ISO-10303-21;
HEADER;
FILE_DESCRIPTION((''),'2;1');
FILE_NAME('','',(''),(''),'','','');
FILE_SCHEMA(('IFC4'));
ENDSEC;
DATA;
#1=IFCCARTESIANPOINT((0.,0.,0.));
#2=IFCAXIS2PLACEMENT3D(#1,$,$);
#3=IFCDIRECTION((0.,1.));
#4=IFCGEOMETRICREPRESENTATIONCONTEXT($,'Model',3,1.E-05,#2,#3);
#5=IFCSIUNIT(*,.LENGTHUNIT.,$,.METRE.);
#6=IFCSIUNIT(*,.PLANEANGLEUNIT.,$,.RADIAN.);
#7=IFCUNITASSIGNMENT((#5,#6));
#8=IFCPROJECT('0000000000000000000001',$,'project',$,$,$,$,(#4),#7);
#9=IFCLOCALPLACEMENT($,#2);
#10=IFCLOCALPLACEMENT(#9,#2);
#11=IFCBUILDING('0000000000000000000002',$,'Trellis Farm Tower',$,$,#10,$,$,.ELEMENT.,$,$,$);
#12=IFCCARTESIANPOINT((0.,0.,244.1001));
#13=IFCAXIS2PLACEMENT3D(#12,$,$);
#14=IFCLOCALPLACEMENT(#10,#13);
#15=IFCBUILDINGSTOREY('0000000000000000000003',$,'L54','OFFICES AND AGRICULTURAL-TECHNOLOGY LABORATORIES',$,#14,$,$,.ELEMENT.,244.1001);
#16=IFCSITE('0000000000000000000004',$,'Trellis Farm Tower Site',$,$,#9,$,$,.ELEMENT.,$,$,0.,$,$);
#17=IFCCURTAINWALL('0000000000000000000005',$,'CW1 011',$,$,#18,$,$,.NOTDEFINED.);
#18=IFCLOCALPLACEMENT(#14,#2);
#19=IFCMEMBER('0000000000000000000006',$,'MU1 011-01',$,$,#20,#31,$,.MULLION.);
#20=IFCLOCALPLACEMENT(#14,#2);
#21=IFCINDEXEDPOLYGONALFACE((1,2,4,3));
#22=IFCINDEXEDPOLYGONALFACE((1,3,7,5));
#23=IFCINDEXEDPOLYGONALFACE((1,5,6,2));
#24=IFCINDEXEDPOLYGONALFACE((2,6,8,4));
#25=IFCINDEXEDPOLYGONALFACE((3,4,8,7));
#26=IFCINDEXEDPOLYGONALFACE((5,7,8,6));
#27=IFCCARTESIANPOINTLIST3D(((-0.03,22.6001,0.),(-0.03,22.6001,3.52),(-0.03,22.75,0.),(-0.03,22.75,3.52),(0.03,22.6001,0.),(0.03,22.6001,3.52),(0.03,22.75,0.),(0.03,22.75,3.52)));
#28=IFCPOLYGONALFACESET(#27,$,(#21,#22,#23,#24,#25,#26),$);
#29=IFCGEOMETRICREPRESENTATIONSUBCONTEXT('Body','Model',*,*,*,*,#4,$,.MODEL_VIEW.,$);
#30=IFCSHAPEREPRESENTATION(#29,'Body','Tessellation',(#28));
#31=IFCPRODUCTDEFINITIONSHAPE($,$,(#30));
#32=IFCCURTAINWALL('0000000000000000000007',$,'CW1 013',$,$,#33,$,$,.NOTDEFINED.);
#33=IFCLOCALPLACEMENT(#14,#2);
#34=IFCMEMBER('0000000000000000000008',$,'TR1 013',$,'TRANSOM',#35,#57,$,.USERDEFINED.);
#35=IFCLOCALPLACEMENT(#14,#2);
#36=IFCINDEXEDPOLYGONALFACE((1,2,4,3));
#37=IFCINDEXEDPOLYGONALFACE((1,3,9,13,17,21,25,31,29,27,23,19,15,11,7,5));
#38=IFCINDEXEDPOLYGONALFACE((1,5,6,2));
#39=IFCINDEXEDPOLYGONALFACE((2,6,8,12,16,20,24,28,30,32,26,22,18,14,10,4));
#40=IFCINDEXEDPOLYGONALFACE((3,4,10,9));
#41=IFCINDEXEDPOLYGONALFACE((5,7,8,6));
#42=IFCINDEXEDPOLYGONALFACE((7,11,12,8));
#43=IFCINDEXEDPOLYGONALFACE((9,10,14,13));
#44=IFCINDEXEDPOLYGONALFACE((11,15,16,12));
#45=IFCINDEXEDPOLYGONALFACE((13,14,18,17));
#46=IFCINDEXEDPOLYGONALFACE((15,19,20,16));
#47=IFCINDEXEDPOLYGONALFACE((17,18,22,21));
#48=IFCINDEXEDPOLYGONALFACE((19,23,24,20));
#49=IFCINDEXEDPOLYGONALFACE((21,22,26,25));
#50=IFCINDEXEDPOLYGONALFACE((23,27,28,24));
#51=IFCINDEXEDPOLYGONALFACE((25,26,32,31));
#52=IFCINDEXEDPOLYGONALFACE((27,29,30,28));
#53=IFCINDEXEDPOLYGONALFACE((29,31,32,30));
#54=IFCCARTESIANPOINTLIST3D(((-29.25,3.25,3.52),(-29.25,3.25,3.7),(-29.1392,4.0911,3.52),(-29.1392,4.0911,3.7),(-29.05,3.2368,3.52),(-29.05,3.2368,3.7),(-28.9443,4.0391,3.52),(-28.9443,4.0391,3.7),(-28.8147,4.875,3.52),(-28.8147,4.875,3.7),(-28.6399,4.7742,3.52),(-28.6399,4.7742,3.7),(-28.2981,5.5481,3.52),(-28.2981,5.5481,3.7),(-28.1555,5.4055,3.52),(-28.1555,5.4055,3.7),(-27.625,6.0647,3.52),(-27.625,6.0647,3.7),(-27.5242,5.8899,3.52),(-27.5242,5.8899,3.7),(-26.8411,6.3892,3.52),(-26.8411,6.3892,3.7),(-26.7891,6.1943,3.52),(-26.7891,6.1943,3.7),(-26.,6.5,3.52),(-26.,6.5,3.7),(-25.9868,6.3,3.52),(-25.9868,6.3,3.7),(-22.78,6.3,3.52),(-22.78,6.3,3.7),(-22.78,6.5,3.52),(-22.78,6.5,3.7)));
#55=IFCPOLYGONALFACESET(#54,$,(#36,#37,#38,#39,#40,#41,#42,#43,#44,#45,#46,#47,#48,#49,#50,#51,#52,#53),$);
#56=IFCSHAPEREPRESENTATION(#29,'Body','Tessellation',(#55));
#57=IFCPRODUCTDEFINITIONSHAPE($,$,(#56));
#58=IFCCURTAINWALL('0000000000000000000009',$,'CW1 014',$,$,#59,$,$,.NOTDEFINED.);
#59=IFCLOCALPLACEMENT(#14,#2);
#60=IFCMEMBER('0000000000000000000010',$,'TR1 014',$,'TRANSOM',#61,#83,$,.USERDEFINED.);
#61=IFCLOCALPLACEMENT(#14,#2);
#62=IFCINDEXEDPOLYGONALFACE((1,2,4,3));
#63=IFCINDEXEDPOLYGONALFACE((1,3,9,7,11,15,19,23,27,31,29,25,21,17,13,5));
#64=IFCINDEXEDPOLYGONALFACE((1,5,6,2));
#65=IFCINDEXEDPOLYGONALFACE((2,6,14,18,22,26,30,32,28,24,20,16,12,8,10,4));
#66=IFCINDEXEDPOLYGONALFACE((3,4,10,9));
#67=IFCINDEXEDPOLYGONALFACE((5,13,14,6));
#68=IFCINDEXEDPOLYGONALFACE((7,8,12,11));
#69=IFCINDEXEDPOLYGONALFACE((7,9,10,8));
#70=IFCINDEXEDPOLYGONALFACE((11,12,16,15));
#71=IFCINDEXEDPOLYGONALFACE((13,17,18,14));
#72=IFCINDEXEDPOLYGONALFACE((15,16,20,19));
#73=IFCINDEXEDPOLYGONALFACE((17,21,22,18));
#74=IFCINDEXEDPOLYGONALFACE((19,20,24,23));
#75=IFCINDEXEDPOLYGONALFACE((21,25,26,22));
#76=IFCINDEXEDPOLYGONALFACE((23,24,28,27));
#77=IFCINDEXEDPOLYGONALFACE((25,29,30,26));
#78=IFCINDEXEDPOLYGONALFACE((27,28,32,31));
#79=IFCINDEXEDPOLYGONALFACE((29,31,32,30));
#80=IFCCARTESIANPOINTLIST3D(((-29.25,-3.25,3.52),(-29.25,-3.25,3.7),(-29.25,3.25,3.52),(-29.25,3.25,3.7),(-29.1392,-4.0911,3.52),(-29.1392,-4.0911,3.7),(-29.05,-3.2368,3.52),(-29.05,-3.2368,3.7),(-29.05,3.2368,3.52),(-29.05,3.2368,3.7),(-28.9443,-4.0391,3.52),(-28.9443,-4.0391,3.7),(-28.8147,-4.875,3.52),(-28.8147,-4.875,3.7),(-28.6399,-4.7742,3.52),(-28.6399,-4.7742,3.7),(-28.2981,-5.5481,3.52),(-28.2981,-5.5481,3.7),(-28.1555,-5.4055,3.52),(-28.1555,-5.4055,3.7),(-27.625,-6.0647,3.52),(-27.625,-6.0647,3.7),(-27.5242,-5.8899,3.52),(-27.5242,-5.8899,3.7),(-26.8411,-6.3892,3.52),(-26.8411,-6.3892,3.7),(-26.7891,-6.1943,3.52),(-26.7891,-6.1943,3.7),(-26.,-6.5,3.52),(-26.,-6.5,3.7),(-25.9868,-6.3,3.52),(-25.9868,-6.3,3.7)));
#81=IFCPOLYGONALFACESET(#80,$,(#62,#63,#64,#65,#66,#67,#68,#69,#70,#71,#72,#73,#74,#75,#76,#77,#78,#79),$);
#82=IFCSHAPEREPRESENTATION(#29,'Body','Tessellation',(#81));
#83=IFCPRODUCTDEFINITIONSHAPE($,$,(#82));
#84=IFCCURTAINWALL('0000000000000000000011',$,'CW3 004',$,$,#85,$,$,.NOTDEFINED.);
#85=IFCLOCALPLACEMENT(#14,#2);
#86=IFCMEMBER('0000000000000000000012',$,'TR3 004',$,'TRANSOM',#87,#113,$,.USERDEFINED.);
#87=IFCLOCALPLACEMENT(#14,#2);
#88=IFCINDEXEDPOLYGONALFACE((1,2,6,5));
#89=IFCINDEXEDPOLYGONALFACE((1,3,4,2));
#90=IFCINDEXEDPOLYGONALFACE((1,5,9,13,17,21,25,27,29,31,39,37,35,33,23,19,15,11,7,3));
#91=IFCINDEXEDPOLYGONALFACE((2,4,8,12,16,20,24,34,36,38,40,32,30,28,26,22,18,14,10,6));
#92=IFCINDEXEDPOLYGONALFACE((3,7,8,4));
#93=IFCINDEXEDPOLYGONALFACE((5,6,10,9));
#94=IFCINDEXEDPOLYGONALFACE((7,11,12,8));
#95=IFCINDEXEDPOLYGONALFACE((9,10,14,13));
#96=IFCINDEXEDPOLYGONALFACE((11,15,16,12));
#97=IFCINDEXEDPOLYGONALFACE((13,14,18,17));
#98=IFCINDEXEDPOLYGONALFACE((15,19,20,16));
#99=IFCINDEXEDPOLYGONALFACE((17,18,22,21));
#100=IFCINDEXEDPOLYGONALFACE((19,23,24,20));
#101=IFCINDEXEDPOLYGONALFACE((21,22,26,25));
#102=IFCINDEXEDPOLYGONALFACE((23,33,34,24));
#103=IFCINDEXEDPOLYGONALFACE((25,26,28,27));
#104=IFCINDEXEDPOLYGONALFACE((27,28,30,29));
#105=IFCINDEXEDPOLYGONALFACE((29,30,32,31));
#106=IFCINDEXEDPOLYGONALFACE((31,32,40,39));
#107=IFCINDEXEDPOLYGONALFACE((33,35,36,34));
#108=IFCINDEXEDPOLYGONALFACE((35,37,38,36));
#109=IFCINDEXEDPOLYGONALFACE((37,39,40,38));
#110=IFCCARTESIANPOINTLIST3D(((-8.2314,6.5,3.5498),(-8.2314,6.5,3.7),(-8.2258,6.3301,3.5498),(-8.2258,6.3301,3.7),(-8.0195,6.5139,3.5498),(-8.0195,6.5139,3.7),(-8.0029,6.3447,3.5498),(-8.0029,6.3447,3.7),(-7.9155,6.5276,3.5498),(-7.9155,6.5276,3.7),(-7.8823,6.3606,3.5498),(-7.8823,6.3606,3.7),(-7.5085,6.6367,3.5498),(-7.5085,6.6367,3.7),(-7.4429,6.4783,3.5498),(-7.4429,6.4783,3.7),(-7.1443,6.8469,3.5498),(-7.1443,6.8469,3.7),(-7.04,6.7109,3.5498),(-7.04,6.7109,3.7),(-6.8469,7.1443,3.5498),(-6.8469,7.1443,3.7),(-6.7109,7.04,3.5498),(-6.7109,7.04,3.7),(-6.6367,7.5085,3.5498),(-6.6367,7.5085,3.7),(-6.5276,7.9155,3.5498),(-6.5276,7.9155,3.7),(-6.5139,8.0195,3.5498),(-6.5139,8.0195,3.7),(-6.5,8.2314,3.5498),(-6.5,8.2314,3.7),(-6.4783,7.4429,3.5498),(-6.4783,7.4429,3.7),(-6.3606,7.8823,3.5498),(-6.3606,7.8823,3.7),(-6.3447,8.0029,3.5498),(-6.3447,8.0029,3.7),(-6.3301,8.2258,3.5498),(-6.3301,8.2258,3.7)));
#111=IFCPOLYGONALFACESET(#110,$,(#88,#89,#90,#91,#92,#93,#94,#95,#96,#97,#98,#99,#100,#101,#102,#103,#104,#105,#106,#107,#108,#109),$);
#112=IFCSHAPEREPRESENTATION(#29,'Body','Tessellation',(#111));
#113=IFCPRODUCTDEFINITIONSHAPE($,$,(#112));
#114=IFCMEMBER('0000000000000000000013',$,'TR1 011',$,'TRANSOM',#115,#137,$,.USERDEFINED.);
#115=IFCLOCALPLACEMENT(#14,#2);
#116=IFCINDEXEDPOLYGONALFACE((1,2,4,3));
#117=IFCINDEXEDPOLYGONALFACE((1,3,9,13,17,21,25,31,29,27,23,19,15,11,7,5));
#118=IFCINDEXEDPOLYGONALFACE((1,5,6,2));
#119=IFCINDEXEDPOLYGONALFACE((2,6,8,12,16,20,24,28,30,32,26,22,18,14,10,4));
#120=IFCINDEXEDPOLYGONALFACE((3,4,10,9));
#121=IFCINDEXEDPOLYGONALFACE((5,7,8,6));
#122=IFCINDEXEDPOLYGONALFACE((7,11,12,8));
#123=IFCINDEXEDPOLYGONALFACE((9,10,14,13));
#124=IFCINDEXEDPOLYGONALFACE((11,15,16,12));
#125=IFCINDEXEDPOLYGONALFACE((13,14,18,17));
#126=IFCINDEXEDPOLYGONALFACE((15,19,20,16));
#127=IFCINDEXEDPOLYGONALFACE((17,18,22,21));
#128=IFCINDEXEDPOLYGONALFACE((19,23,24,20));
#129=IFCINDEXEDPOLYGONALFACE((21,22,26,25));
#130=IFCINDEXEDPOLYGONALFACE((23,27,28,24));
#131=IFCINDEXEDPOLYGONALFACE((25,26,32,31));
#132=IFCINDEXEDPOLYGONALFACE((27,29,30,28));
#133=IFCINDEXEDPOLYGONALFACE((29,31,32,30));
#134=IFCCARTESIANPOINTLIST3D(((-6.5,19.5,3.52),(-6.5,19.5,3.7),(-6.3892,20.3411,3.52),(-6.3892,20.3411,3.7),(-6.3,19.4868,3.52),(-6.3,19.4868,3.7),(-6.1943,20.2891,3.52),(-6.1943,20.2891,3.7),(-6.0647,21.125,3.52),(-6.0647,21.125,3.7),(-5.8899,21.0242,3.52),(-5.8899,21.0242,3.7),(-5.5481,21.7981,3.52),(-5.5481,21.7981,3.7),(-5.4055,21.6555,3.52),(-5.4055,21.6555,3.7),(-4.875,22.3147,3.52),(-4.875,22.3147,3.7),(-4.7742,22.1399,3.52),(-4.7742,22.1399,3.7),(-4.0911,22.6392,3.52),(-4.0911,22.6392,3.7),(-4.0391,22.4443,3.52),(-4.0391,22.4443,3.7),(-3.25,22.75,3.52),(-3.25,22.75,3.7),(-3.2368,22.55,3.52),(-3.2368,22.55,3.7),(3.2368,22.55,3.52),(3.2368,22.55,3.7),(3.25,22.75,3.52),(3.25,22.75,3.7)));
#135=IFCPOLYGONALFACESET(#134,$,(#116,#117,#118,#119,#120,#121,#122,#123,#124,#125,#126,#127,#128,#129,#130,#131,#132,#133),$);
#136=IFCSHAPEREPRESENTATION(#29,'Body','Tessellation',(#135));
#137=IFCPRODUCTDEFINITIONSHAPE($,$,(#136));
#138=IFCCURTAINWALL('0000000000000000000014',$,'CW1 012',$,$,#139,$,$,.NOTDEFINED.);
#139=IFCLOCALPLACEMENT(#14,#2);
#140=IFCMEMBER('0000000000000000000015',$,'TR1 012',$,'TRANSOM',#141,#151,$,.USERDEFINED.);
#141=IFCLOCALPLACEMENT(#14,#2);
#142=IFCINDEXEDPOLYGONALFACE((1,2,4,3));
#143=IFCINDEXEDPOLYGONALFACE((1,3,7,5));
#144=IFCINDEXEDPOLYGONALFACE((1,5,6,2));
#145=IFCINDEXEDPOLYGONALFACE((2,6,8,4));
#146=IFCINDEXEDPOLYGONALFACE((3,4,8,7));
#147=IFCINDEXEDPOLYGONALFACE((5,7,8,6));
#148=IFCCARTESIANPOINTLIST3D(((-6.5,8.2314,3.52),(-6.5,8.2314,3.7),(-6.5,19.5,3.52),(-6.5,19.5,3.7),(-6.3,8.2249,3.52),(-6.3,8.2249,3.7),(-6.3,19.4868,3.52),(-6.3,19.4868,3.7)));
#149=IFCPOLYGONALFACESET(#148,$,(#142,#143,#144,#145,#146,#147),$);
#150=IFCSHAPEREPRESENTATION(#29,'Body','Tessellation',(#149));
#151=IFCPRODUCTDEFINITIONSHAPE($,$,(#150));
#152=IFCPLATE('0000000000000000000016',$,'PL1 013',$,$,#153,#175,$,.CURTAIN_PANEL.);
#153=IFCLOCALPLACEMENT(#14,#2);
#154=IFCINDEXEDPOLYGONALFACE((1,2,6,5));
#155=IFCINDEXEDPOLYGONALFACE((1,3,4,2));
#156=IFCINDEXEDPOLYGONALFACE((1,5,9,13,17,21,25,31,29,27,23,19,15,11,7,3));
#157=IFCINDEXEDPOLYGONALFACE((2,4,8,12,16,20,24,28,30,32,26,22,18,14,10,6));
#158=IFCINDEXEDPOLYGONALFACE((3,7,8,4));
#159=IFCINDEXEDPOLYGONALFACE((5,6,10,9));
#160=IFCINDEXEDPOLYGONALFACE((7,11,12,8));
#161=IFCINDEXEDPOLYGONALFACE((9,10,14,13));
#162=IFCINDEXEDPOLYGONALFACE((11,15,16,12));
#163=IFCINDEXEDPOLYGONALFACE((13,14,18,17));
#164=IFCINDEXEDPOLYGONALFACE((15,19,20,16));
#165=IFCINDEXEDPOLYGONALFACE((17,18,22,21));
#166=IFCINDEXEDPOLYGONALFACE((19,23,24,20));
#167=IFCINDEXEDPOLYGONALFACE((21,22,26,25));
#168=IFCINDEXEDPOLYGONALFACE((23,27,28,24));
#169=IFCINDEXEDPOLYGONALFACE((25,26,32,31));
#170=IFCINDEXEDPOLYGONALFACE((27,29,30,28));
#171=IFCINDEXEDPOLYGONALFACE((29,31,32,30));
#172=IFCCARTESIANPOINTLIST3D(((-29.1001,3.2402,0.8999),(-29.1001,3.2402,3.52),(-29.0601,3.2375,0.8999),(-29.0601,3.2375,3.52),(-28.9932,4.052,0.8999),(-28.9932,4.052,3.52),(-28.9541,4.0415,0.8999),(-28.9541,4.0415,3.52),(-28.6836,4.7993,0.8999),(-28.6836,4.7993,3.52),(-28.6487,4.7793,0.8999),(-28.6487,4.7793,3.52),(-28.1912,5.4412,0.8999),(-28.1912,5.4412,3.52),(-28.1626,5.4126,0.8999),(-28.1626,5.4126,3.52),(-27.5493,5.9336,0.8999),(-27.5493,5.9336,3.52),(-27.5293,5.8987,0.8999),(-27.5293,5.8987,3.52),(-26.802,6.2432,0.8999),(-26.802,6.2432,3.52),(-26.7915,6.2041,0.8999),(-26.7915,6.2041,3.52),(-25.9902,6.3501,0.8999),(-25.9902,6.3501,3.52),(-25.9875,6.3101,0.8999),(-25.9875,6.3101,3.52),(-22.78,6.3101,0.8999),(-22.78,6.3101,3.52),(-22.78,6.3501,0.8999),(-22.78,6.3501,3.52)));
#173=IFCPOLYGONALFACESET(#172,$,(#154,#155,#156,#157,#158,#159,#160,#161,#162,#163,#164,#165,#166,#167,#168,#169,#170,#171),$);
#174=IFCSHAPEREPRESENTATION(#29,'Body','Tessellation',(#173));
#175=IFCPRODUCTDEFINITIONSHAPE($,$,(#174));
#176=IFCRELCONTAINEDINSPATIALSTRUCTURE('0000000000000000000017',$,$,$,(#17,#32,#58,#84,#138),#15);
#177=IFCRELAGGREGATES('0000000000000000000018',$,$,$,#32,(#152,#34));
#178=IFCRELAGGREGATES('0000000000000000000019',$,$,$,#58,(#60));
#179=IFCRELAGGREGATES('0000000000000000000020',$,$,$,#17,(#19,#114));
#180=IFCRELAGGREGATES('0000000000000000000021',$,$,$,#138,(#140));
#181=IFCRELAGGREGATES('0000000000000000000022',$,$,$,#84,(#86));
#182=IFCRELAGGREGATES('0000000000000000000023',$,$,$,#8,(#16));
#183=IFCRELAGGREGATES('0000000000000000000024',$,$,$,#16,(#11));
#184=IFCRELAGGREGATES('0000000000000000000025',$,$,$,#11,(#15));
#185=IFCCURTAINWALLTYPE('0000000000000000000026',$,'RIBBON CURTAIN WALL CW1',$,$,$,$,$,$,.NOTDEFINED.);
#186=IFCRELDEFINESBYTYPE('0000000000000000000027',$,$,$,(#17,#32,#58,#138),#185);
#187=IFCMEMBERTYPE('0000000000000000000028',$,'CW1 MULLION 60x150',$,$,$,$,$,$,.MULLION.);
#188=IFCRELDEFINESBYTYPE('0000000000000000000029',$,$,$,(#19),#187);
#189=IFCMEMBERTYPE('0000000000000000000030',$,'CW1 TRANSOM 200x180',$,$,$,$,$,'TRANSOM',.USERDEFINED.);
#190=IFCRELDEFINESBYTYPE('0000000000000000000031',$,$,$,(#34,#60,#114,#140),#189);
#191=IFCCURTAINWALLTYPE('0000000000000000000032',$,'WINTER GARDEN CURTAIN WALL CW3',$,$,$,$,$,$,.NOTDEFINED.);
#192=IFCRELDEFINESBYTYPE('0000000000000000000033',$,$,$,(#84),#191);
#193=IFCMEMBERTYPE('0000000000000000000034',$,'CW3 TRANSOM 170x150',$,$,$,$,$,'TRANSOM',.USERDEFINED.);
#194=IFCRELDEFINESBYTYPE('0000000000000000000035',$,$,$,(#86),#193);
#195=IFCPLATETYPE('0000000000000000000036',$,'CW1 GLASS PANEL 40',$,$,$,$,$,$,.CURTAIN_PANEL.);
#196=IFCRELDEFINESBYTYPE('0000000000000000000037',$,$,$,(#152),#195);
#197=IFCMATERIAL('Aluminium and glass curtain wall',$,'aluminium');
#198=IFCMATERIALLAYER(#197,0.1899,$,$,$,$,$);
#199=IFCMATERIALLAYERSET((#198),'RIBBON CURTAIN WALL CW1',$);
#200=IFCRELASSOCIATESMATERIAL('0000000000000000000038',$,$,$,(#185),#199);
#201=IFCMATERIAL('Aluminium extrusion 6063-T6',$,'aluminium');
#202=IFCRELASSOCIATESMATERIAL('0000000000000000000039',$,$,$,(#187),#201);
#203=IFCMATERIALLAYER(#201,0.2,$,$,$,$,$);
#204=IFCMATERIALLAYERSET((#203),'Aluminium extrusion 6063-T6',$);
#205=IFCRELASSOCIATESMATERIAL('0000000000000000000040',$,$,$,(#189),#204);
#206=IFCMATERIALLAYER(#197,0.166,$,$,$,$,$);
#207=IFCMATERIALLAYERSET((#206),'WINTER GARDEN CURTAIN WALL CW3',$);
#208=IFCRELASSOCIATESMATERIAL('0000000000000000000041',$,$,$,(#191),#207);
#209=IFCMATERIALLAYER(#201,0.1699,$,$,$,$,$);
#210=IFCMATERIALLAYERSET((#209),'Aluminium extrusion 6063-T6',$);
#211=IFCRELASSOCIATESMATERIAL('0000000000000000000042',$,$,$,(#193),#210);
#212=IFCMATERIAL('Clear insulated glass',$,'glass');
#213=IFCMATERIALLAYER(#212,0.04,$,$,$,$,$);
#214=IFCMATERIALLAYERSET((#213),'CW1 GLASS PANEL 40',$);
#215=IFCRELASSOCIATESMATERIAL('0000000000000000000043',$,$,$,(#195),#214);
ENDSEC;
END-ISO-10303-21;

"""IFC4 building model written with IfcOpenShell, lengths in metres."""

from ifc_helpers import new_model, si_unit, direction, frame, origin, origin_2d, place, context, subcontext, project, spatial, polyline, rectangle, outline, extrude, source, transform, mapped, material, layer, layer_set, material_profile, profile_set, type_object, element, aggregate, save


model = new_model("IFC4")

# Units and contexts
model_context = context("Model", 3, precision=1e-05, world=origin(), true_north=direction((0.0, 1.0)))
body_context = subcontext(model_context, "Body", "Model", "MODEL_VIEW")
ifc_project = project(units=[si_unit("LENGTHUNIT", "METRE"), si_unit("PLANEANGLEUNIT", "RADIAN")], contexts=[model_context])

# Site, building, storey
site_placement = place(None, origin())
site = spatial("IfcSite", under=ifc_project, at=site_placement, Name="Trellis Farm Tower Site", CompositionType="ELEMENT", RefElevation=0.0)
building_placement = place(site_placement, origin())
building = spatial("IfcBuilding", under=site, at=building_placement, Name="Trellis Farm Tower", CompositionType="ELEMENT")
storey_placement = place(building_placement, frame((0.0, 0.0, 244.1001)))
storey = spatial("IfcBuildingStorey", under=building, at=storey_placement, Name="L54", Description="OFFICES AND AGRICULTURAL-TECHNOLOGY LABORATORIES", CompositionType="ELEMENT", Elevation=244.1001)

# Curtain walls, members
ifc_material_1 = material(Name="Aluminium and glass curtain wall", Category="aluminium")
ifc_layer_1 = layer(ifc_material_1, 0.1899)
ifc_layer_set_1 = layer_set([ifc_layer_1], Name="RIBBON CURTAIN WALL CW1")
curtain_wall_type_1 = type_object("IfcCurtainWallType", Name="RIBBON CURTAIN WALL CW1", PredefinedType="NOTDEFINED", material=ifc_layer_set_1)
placement_1 = place(storey_placement, origin())
curtain_wall_1 = element("IfcCurtainWall", 1, at=placement_1, inside=storey, type_object=curtain_wall_type_1, Name="CW1 011", PredefinedType="NOTDEFINED")
ifc_material_2 = material(Name="Aluminium extrusion 6063-T6", Category="aluminium")
ifc_material_profile = material_profile(ifc_material_2, rectangle(XDim=0.0601, YDim=0.1499, at=origin_2d()), Name="MULLION 60x150")
ifc_profile_set = profile_set([ifc_material_profile], Name="Aluminium extrusion 6063-T6")
member_type_1 = type_object("IfcMemberType", Name="CW1 MULLION 60x150", PredefinedType="MULLION", material=ifc_profile_set)
shared_shape_1 = source(origin(), body_context, "Body", "SweptSolid", [
    extrude(rectangle(XDim=0.0601, YDim=0.1499, at=origin_2d()), origin(), (0.0, 0.0, 1.0), 3.52),
])
member_1_placement = place(storey_placement, frame((0.0, 22.675, 0.0), z_axis=(0.0, 0.0, 1.0), x_axis=(-1.0, 0.0, 0.0)))
member_1 = element("IfcMember", 2, at=member_1_placement, type_object=member_type_1, Name="MU1 011-01", PredefinedType="MULLION", context=body_context, shape_type="MappedRepresentation", body=[
    mapped(shared_shape_1, transform((0.0, 0.0, 0.0))),
])
curtain_wall_2 = element("IfcCurtainWall", 3, at=placement_1, inside=storey, type_object=curtain_wall_type_1, Name="CW1 013", PredefinedType="NOTDEFINED")
ifc_layer_2 = layer(ifc_material_2, 0.2)
ifc_layer_set_2 = layer_set([ifc_layer_2], Name="Aluminium extrusion 6063-T6")
member_type_2 = type_object("IfcMemberType", Name="CW1 TRANSOM 200x180", ElementType="TRANSOM", PredefinedType="USERDEFINED", material=ifc_layer_set_2)
shared_shape_2 = source(origin(), body_context, "Body", "SweptSolid", [
    extrude(outline(polyline([(-22.78, 6.5), (-26.0, 6.5), (-26.8411, 6.3892), (-27.625, 6.0647), (-28.2981, 5.5481), (-28.8147, 4.875), (-29.1392, 4.0911), (-29.25, 3.25), (-29.05, 3.2368), (-28.9443, 4.0391), (-28.6399, 4.7742), (-28.1555, 5.4055), (-27.5242, 5.8899), (-26.7891, 6.1943), (-25.9868, 6.3), (-22.78, 6.3), (-22.78, 6.5)])), origin(), (0.0, 0.0, 1.0), 0.1799),
])
placement_2 = place(storey_placement, frame((0.0, 0.0, 3.52)))
member_2 = element("IfcMember", 4, at=placement_2, type_object=member_type_2, Name="TR1 013", ObjectType="TRANSOM", PredefinedType="USERDEFINED", context=body_context, shape_type="MappedRepresentation", body=[
    mapped(shared_shape_2, transform((0.0, 0.0, 0.0))),
])
curtain_wall_3 = element("IfcCurtainWall", 5, at=placement_1, inside=storey, type_object=curtain_wall_type_1, Name="CW1 014", PredefinedType="NOTDEFINED")
shared_shape_3 = source(origin(), body_context, "Body", "SweptSolid", [
    extrude(outline(polyline([(-29.25, 3.25), (-29.25, -3.25), (-29.1392, -4.0911), (-28.8147, -4.875), (-28.2981, -5.5481), (-27.625, -6.0647), (-26.8411, -6.3892), (-26.0, -6.5), (-25.9868, -6.3), (-26.7891, -6.1943), (-27.5242, -5.8899), (-28.1555, -5.4055), (-28.6399, -4.7742), (-28.9443, -4.0391), (-29.05, -3.2368), (-29.05, 3.2368), (-29.25, 3.25)])), origin(), (0.0, 0.0, 1.0), 0.1799),
])
member_3 = element("IfcMember", 6, at=placement_2, type_object=member_type_2, Name="TR1 014", ObjectType="TRANSOM", PredefinedType="USERDEFINED", context=body_context, shape_type="MappedRepresentation", body=[
    mapped(shared_shape_3, transform((0.0, 0.0, 0.0))),
])
ifc_layer_3 = layer(ifc_material_1, 0.166)
ifc_layer_set_3 = layer_set([ifc_layer_3], Name="WINTER GARDEN CURTAIN WALL CW3")
curtain_wall_type_2 = type_object("IfcCurtainWallType", Name="WINTER GARDEN CURTAIN WALL CW3", PredefinedType="NOTDEFINED", material=ifc_layer_set_3)
curtain_wall_4 = element("IfcCurtainWall", 7, at=placement_1, inside=storey, type_object=curtain_wall_type_2, Name="CW3 004", PredefinedType="NOTDEFINED")
ifc_layer_4 = layer(ifc_material_2, 0.1699)
ifc_layer_set_4 = layer_set([ifc_layer_4], Name="Aluminium extrusion 6063-T6")
member_type_3 = type_object("IfcMemberType", Name="CW3 TRANSOM 170x150", ElementType="TRANSOM", PredefinedType="USERDEFINED", material=ifc_layer_set_4)
shared_shape_4 = source(origin(), body_context, "Body", "SweptSolid", [
    extrude(outline(polyline([(-6.5, 8.2314), (-6.5139, 8.0195), (-6.5276, 7.9155), (-6.6367, 7.5085), (-6.8469, 7.1443), (-7.1443, 6.8469), (-7.5085, 6.6367), (-7.9155, 6.5276), (-8.0195, 6.5139), (-8.2314, 6.5), (-8.2258, 6.3301), (-8.0029, 6.3447), (-7.8823, 6.3606), (-7.4429, 6.4783), (-7.04, 6.7109), (-6.7109, 7.04), (-6.4783, 7.4429), (-6.3606, 7.8823), (-6.3447, 8.0029), (-6.3301, 8.2258), (-6.5, 8.2314)])), origin(), (0.0, 0.0, 1.0), 0.1501),
])
member_4_placement = place(storey_placement, frame((0.0, 0.0, 3.5498)))
member_4 = element("IfcMember", 8, at=member_4_placement, type_object=member_type_3, Name="TR3 004", ObjectType="TRANSOM", PredefinedType="USERDEFINED", context=body_context, shape_type="MappedRepresentation", body=[
    mapped(shared_shape_4, transform((0.0, 0.0, 0.0))),
])

# Member
shared_shape_5 = source(origin(), body_context, "Body", "SweptSolid", [
    extrude(outline(polyline([(3.25, 22.75), (-3.25, 22.75), (-4.0911, 22.6392), (-4.875, 22.3147), (-5.5481, 21.7981), (-6.0647, 21.125), (-6.3892, 20.3411), (-6.5, 19.5), (-6.3, 19.4868), (-6.1943, 20.2891), (-5.8899, 21.0242), (-5.4055, 21.6555), (-4.7742, 22.1399), (-4.0391, 22.4443), (-3.2368, 22.55), (3.2368, 22.55), (3.25, 22.75)])), origin(), (0.0, 0.0, 1.0), 0.1799),
])
member_5 = element("IfcMember", 9, at=placement_2, type_object=member_type_2, Name="TR1 011", ObjectType="TRANSOM", PredefinedType="USERDEFINED", context=body_context, shape_type="MappedRepresentation", body=[
    mapped(shared_shape_5, transform((0.0, 0.0, 0.0))),
])

# Curtain wall, member
curtain_wall_5 = element("IfcCurtainWall", 10, at=placement_1, inside=storey, type_object=curtain_wall_type_1, Name="CW1 012", PredefinedType="NOTDEFINED")
shared_shape_6 = source(origin(), body_context, "Body", "SweptSolid", [
    extrude(outline(polyline([(-6.5, 19.5), (-6.5, 8.2314), (-6.3, 8.2249), (-6.3, 19.4868), (-6.5, 19.5)])), origin(), (0.0, 0.0, 1.0), 0.1799),
])
member_6 = element("IfcMember", 11, at=placement_2, type_object=member_type_2, Name="TR1 012", ObjectType="TRANSOM", PredefinedType="USERDEFINED", context=body_context, shape_type="MappedRepresentation", body=[
    mapped(shared_shape_6, transform((0.0, 0.0, 0.0))),
])

# Plate
ifc_material_3 = material(Name="Clear insulated glass", Category="glass")
ifc_layer_5 = layer(ifc_material_3, 0.04)
ifc_layer_set_5 = layer_set([ifc_layer_5], Name="CW1 GLASS PANEL 40")
plate_type_1 = type_object("IfcPlateType", Name="CW1 GLASS PANEL 40", PredefinedType="CURTAIN_PANEL", material=ifc_layer_set_5)
shared_shape_7 = source(origin(), body_context, "Body", "SweptSolid", [
    extrude(outline(polyline([(-22.78, 6.3501), (-25.9902, 6.3501), (-26.802, 6.2432), (-27.5493, 5.9336), (-28.1912, 5.4412), (-28.6836, 4.7993), (-28.9932, 4.052), (-29.1001, 3.2402), (-29.0601, 3.2375), (-28.9541, 4.0415), (-28.6487, 4.7793), (-28.1626, 5.4126), (-27.5293, 5.8987), (-26.7915, 6.2041), (-25.9875, 6.3101), (-22.78, 6.3101), (-22.78, 6.3501)])), origin(), (0.0, 0.0, 1.0), 2.6201),
])
placement_3 = place(storey_placement, frame((0.0, 0.0, 0.8999)))
plate_1 = element("IfcPlate", 12, at=placement_3, type_object=plate_type_1, Name="PL1 013", PredefinedType="CURTAIN_PANEL", context=body_context, shape_type="MappedRepresentation", body=[
    mapped(shared_shape_7, transform((0.0, 0.0, 0.0))),
])
aggregate(curtain_wall_2, [plate_1, member_2])
aggregate(curtain_wall_3, [member_3])
aggregate(curtain_wall_1, [member_1, member_5])
aggregate(curtain_wall_5, [member_6])
aggregate(curtain_wall_4, [member_4])

save(model, "model.ifc")
